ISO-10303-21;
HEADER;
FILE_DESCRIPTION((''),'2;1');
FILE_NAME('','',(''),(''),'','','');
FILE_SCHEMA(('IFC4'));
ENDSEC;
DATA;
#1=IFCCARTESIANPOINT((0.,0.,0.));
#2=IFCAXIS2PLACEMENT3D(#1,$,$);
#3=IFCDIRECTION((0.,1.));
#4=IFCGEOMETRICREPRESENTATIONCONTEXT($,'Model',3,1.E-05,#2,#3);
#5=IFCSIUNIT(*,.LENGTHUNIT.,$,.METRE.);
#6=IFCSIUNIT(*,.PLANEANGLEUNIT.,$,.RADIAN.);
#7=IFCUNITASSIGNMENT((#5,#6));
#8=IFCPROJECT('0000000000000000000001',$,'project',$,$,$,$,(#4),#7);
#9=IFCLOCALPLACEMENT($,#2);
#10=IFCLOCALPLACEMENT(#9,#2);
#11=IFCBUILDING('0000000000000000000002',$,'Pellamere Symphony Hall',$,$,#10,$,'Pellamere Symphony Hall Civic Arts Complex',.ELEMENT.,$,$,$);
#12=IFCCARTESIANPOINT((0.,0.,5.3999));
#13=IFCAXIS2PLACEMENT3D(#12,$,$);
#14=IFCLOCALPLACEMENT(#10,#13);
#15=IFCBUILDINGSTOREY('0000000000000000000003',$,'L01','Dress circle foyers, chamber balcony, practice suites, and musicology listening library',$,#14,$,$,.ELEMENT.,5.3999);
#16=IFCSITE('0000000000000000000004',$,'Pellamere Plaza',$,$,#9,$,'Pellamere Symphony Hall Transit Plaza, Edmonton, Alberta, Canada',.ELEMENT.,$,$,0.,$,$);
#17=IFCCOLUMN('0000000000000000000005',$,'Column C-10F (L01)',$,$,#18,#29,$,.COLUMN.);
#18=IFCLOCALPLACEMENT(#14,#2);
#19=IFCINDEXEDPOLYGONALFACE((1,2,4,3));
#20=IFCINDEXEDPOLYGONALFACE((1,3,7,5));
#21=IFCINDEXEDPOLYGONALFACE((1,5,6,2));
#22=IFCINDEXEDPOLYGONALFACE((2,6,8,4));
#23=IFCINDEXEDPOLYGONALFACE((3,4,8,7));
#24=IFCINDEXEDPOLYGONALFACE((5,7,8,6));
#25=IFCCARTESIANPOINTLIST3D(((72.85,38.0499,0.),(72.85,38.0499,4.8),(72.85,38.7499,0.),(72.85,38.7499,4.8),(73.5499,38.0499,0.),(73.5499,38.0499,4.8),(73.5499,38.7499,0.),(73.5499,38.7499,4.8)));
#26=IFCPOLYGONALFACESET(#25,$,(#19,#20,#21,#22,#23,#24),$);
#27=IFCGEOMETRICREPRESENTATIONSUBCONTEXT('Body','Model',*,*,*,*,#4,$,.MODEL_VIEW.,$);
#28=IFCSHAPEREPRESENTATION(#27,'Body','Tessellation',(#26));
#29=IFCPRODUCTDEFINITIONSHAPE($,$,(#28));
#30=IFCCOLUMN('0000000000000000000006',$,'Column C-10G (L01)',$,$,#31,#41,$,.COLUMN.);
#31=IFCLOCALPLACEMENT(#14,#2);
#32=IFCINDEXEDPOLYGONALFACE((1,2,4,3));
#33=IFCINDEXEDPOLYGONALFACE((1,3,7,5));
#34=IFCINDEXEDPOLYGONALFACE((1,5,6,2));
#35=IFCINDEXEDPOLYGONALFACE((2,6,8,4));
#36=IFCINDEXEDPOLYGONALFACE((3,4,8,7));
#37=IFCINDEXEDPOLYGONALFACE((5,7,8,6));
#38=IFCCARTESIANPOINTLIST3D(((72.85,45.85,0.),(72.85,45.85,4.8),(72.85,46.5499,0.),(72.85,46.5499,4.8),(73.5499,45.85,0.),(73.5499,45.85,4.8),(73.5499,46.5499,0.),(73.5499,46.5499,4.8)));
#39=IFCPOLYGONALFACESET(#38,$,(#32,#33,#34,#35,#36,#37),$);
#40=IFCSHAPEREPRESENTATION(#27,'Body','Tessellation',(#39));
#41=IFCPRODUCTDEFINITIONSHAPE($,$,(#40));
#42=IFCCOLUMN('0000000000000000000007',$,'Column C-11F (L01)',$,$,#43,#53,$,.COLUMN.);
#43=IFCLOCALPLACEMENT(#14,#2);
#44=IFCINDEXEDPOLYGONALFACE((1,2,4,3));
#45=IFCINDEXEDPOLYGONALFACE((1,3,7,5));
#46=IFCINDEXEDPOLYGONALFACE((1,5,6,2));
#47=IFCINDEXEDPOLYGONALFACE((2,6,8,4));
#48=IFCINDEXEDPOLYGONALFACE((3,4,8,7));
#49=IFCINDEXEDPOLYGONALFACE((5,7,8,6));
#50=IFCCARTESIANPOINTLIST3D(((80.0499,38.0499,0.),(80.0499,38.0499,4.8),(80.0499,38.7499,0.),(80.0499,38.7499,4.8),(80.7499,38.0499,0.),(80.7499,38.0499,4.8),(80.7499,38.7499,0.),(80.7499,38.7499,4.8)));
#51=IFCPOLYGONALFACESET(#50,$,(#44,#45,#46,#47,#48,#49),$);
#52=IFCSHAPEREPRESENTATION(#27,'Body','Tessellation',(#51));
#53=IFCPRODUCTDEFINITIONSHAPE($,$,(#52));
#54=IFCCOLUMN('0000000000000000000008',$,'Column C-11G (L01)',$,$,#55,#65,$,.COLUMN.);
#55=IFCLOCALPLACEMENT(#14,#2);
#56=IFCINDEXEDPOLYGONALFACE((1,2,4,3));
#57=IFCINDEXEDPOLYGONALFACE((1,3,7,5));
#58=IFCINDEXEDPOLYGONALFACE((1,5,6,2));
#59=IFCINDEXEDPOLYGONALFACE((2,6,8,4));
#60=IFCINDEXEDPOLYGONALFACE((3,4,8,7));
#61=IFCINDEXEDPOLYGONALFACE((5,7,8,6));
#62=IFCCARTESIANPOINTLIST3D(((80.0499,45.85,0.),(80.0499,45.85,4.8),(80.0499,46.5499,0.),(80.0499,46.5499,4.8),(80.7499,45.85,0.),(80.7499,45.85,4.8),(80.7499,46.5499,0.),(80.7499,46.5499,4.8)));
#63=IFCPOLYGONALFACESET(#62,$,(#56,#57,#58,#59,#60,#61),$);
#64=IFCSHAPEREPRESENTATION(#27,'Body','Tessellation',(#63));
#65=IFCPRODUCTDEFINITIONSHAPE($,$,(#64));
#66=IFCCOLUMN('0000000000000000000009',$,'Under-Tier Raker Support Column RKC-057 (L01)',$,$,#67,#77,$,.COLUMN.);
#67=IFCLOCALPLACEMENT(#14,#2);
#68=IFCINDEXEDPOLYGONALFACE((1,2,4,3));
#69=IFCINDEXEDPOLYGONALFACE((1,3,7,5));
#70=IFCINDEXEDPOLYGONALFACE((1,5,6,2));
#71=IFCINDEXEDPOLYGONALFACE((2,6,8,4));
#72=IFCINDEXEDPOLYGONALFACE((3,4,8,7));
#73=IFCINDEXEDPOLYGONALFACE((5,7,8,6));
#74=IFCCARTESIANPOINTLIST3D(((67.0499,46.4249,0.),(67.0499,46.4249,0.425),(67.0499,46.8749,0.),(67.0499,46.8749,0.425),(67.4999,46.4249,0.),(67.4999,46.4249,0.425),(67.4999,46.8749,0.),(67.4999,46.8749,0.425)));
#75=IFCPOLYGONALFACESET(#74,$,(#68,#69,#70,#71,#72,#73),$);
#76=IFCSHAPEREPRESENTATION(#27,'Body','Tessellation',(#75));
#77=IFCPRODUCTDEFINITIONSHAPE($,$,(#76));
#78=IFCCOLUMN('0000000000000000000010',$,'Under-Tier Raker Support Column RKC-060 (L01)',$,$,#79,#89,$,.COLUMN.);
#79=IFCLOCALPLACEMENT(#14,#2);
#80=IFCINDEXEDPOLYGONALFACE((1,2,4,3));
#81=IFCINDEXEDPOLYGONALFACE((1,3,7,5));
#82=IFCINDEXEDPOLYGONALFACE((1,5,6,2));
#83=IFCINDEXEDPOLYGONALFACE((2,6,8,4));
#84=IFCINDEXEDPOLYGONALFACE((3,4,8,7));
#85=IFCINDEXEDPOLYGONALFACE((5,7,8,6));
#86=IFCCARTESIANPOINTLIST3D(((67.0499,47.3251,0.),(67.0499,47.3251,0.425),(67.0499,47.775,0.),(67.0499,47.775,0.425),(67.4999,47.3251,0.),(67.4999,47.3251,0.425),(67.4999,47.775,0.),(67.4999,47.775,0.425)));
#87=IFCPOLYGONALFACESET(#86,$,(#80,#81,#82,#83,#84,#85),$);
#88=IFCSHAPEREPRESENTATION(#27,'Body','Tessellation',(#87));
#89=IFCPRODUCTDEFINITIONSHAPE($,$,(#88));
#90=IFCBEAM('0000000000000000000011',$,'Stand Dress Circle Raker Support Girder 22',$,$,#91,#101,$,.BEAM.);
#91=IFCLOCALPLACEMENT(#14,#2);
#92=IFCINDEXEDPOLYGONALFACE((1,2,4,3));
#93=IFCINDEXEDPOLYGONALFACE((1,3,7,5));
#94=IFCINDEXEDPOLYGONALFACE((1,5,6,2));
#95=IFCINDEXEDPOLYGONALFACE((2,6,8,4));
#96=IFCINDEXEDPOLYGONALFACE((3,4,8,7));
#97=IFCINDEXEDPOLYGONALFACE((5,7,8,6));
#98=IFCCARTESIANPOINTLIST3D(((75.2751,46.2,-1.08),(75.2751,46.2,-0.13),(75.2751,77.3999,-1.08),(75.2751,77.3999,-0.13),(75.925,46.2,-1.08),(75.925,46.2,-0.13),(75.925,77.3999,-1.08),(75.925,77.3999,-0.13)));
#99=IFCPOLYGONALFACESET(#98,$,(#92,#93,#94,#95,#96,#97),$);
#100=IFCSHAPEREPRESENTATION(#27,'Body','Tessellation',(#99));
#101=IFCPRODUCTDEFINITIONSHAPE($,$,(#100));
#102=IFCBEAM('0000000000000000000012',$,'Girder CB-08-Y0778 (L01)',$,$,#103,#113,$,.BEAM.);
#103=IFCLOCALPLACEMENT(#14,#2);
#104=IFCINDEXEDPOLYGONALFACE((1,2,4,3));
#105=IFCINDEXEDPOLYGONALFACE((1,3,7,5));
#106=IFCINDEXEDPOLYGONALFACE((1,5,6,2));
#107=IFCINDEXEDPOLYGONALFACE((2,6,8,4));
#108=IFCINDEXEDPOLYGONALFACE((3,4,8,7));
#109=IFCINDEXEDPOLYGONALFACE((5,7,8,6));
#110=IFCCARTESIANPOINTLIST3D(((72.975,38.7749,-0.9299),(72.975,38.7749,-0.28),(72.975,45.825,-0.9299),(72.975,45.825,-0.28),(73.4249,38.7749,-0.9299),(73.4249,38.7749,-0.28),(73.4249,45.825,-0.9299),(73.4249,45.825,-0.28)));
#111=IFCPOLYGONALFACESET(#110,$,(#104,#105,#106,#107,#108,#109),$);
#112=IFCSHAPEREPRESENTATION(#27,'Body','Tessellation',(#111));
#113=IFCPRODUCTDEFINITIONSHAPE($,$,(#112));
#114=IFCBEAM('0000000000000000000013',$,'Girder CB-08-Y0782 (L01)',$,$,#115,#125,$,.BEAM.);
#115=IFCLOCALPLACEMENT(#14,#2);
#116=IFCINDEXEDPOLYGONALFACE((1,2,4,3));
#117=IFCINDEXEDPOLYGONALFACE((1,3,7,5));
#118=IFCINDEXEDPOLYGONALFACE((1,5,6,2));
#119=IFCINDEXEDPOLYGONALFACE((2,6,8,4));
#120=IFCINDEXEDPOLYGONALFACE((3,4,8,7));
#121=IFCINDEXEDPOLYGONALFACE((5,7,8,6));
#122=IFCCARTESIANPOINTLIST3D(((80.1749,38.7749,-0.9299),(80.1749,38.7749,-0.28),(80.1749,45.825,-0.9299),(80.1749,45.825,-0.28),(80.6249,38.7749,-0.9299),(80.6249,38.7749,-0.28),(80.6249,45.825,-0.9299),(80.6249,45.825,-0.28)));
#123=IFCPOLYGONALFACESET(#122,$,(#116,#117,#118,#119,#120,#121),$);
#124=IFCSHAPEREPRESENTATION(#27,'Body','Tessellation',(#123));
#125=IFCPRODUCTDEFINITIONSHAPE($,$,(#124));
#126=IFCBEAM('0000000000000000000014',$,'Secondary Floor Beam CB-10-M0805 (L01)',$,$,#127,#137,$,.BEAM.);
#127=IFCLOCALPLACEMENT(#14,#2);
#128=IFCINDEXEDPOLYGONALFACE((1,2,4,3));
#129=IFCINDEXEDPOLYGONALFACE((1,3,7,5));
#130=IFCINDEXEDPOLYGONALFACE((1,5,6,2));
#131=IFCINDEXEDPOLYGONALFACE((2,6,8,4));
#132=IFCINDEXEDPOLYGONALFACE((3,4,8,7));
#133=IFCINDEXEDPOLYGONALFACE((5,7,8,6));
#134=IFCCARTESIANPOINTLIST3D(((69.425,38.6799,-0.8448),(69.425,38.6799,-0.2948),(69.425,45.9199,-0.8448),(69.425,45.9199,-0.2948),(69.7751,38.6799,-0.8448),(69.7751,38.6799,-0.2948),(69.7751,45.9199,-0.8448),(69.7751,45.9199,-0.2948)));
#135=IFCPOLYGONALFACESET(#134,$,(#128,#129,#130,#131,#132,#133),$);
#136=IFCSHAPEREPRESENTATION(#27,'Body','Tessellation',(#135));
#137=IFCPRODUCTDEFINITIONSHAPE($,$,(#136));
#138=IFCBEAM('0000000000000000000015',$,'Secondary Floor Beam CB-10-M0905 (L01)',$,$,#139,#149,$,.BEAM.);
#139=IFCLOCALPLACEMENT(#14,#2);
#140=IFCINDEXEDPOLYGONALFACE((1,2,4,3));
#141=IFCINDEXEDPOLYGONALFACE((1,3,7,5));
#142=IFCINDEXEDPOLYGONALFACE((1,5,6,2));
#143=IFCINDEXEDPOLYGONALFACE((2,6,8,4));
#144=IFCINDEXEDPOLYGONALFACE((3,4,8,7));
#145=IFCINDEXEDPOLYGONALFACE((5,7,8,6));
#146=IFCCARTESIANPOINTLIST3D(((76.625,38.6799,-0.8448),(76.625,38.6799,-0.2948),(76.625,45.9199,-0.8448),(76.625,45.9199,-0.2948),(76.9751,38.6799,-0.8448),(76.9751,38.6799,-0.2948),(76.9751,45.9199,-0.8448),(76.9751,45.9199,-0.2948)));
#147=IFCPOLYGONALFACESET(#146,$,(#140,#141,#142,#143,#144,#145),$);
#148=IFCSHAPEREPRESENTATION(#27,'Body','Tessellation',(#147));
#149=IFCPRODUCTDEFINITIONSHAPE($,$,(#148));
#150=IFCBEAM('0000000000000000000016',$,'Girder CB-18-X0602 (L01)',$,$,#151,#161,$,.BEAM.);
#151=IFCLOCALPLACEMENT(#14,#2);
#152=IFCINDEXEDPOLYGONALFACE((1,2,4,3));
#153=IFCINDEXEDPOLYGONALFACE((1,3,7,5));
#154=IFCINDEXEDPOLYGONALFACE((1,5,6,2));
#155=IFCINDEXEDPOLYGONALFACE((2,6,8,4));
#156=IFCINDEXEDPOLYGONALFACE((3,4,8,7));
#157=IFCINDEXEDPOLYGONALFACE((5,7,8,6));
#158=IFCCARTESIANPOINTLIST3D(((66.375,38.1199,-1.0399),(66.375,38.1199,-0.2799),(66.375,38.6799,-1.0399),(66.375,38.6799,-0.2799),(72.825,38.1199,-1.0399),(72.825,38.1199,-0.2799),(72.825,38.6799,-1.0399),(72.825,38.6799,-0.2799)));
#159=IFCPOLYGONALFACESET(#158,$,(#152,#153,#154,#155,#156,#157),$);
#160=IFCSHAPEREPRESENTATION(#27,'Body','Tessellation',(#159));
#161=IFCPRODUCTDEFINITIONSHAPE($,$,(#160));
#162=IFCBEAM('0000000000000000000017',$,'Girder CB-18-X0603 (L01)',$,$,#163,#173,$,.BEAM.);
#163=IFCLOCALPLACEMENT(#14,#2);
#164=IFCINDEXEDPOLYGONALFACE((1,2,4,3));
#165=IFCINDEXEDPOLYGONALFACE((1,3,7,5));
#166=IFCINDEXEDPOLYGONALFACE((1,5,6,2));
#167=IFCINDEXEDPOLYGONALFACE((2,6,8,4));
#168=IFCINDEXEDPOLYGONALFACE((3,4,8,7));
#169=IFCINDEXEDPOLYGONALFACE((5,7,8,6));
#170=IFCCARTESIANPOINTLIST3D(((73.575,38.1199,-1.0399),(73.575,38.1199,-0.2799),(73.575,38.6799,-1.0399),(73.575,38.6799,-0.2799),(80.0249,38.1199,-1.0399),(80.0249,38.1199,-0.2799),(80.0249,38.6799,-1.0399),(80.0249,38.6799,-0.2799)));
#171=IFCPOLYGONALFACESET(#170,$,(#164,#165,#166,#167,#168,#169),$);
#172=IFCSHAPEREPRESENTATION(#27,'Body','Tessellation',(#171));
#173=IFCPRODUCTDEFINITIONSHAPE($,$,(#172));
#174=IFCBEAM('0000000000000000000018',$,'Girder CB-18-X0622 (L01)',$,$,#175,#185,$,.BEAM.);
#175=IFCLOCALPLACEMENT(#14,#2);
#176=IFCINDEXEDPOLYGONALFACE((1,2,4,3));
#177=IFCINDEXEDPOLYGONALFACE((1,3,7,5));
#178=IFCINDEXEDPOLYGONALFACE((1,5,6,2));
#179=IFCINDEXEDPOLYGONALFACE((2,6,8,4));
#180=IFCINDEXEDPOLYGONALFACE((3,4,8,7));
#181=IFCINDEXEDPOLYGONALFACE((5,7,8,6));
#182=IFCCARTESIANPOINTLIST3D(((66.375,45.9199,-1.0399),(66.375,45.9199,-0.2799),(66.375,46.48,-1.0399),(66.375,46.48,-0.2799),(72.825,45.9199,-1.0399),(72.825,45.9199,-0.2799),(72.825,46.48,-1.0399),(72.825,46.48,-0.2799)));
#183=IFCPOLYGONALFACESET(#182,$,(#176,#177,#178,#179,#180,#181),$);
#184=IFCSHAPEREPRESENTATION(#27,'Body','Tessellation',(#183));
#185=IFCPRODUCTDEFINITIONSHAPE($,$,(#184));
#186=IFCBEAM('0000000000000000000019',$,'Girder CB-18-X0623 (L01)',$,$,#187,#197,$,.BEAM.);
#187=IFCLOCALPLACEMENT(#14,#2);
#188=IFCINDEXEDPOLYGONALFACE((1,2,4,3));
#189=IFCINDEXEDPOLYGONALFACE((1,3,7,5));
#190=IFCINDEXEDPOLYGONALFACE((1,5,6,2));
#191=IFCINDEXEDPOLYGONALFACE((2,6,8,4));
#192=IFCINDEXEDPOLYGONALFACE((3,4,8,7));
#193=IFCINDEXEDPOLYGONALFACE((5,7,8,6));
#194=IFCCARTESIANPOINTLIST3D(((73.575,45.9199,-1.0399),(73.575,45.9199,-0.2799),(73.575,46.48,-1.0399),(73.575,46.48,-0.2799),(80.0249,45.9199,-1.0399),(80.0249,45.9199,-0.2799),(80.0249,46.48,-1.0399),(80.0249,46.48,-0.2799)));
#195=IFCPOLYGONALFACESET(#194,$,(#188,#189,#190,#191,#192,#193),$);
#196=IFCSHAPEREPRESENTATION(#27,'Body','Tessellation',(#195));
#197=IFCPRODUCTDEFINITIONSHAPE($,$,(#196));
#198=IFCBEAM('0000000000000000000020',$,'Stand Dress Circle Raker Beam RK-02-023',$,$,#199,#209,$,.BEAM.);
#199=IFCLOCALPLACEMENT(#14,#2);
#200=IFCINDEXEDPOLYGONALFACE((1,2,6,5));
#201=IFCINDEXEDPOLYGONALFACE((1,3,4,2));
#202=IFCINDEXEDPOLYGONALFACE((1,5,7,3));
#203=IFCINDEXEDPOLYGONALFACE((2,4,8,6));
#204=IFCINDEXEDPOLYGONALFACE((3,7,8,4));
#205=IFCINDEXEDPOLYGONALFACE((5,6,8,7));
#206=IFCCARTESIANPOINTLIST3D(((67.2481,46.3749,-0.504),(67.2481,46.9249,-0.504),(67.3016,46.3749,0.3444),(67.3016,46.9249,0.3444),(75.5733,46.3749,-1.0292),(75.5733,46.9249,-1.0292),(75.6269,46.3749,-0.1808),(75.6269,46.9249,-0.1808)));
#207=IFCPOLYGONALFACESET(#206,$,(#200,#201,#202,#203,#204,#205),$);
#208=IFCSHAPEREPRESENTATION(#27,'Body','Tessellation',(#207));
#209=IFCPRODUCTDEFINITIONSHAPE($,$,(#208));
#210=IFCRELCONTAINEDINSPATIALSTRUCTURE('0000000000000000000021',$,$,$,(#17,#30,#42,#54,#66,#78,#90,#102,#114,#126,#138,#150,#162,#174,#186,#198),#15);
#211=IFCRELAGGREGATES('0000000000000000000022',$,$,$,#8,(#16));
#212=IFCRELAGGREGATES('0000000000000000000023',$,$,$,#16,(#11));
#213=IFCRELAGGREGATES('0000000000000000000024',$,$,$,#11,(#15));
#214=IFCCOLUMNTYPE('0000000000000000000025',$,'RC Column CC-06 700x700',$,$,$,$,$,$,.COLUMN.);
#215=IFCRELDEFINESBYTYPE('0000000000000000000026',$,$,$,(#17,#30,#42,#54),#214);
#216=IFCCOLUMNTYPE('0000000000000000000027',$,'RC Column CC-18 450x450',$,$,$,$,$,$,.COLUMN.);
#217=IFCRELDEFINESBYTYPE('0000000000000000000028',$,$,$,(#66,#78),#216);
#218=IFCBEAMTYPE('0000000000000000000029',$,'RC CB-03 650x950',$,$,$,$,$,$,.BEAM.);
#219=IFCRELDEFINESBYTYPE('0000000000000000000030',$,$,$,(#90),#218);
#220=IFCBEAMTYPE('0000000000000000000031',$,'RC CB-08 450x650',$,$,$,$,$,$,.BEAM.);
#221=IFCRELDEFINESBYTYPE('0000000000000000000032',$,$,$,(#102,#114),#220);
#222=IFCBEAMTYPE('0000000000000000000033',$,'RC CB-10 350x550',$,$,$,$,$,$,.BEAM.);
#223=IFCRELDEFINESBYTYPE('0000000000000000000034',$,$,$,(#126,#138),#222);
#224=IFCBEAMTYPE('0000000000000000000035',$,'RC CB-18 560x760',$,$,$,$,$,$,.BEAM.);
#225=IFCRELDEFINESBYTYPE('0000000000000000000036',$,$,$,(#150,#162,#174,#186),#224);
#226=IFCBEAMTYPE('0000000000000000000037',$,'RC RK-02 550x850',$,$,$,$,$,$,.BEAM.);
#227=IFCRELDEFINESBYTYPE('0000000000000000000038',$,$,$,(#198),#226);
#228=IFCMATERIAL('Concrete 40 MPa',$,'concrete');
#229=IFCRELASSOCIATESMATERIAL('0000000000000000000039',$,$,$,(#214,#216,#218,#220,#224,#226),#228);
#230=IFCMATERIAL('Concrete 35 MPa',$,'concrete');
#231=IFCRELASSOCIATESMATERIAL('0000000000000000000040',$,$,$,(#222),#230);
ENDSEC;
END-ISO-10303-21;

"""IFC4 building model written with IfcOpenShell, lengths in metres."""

from ifc_helpers import new_model, si_unit, direction, frame, origin, origin_2d, place, context, subcontext, project, spatial, rectangle, extrude, material, material_profile, profile_set, type_object, element, save


model = new_model("IFC4")

# Units and contexts
model_context = context("Model", 3, precision=1e-05, world=origin(), true_north=direction((0.0, 1.0)))
body_context = subcontext(model_context, "Body", "Model", "MODEL_VIEW")
ifc_project = project(units=[si_unit("LENGTHUNIT", "METRE"), si_unit("PLANEANGLEUNIT", "RADIAN")], contexts=[model_context])

# Site, building, storey
site_placement = place(None, origin())
site = spatial("IfcSite", under=ifc_project, at=site_placement, Name="Pellamere Plaza", LongName="Pellamere Symphony Hall Transit Plaza, Edmonton, Alberta, Canada", CompositionType="ELEMENT", RefElevation=0.0)
building_placement = place(site_placement, origin())
building = spatial("IfcBuilding", under=site, at=building_placement, Name="Pellamere Symphony Hall", LongName="Pellamere Symphony Hall Civic Arts Complex", CompositionType="ELEMENT")
storey_placement = place(building_placement, frame((0.0, 0.0, 5.3999)))
storey = spatial("IfcBuildingStorey", under=building, at=storey_placement, Name="L01", Description="Dress circle foyers, chamber balcony, practice suites, and musicology listening library", CompositionType="ELEMENT", Elevation=5.3999)

# Columns
ifc_material_1 = material(Name="Concrete 40 MPa", Category="concrete")
ifc_material_profile_1 = material_profile(ifc_material_1, rectangle(XDim=0.7, YDim=0.7, at=origin_2d()), Name="RC 700x700")
ifc_profile_set_1 = profile_set([ifc_material_profile_1], Name="Concrete 40 MPa")
column_type_1 = type_object("IfcColumnType", Name="RC Column CC-06 700x700", PredefinedType="COLUMN", material=ifc_profile_set_1)
for number, where, z_axis, x_axis, name in (
    (1, (73.2, 38.3999, 0.0), (0.0, 0.0, 1.0), (1.0, 0.0, 0.0), "Column C-10F (L01)"),
    (2, (73.2, 46.2, 0.0), (0.0, 0.0, 1.0), (1.0, 0.0, 0.0), "Column C-10G (L01)"),
    (3, (80.3999, 38.3999, 0.0), (0.0, 0.0, 1.0), (1.0, 0.0, 0.0), "Column C-11F (L01)"),
    (4, (80.3999, 46.2, 0.0), (0.0, 0.0, 1.0), (1.0, 0.0, 0.0), "Column C-11G (L01)"),
):
    element("IfcColumn", number, at=place(storey_placement, frame(where, z_axis=z_axis, x_axis=x_axis)), inside=storey, type_object=column_type_1, Name=name, PredefinedType="COLUMN", context=body_context, shape_type="SweptSolid", body=[
        extrude(rectangle(XDim=0.7, YDim=0.7, at=origin_2d()), origin(), (0.0, 0.0, 1.0), 4.8),
    ])
ifc_material_profile_2 = material_profile(ifc_material_1, rectangle(XDim=0.45, YDim=0.45, at=origin_2d()), Name="RC 450x450")
ifc_profile_set_2 = profile_set([ifc_material_profile_2], Name="Concrete 40 MPa")
column_type_2 = type_object("IfcColumnType", Name="RC Column CC-18 450x450", PredefinedType="COLUMN", material=ifc_profile_set_2)
for number, where, z_axis, x_axis, name in (
    (5, (67.2749, 46.6499, 0.0), (0.0, 0.0, 1.0), (1.0, 0.0, 0.0), "Under-Tier Raker Support Column RKC-057 (L01)"),
    (6, (67.2749, 47.55, 0.0), (0.0, 0.0, 1.0), (1.0, 0.0, 0.0), "Under-Tier Raker Support Column RKC-060 (L01)"),
):
    element("IfcColumn", number, at=place(storey_placement, frame(where, z_axis=z_axis, x_axis=x_axis)), inside=storey, type_object=column_type_2, Name=name, PredefinedType="COLUMN", context=body_context, shape_type="SweptSolid", body=[
        extrude(rectangle(XDim=0.45, YDim=0.45, at=origin_2d()), origin(), (0.0, 0.0, 1.0), 0.425),
    ])

# Beams
ifc_material_profile_3 = material_profile(ifc_material_1, rectangle(XDim=0.6499, YDim=0.95, at=origin_2d()), Name="RC 650x950")
ifc_profile_set_3 = profile_set([ifc_material_profile_3], Name="Concrete 40 MPa")
beam_type_1 = type_object("IfcBeamType", Name="RC CB-03 650x950", PredefinedType="BEAM", material=ifc_profile_set_3)
beam_1_placement = place(storey_placement, frame((75.6001, 46.2, -0.605), z_axis=(0.0, 1.0, 0.0), x_axis=(-1.0, 0.0, 0.0)))
element("IfcBeam", 7, at=beam_1_placement, inside=storey, type_object=beam_type_1, Name="Stand Dress Circle Raker Support Girder 22", PredefinedType="BEAM", context=body_context, shape_type="SweptSolid", body=[
    extrude(rectangle(XDim=0.6499, YDim=0.95, at=origin_2d()), origin(), (0.0, 0.0, 1.0), 31.2),
])
ifc_material_profile_4 = material_profile(ifc_material_1, rectangle(XDim=0.45, YDim=0.6499, at=origin_2d()), Name="RC 450x650")
ifc_profile_set_4 = profile_set([ifc_material_profile_4], Name="Concrete 40 MPa")
beam_type_2 = type_object("IfcBeamType", Name="RC CB-08 450x650", PredefinedType="BEAM", material=ifc_profile_set_4)
for number, where, z_axis, x_axis, name in (
    (8, (73.2, 38.7749, -0.605), (0.0, 1.0, 0.0), (-1.0, 0.0, 0.0), "Girder CB-08-Y0778 (L01)"),
    (9, (80.3999, 38.7749, -0.605), (0.0, 1.0, 0.0), (-1.0, 0.0, 0.0), "Girder CB-08-Y0782 (L01)"),
):
    element("IfcBeam", number, at=place(storey_placement, frame(where, z_axis=z_axis, x_axis=x_axis)), inside=storey, type_object=beam_type_2, Name=name, PredefinedType="BEAM", context=body_context, shape_type="SweptSolid", body=[
        extrude(rectangle(XDim=0.45, YDim=0.6499, at=origin_2d()), origin(), (0.0, 0.0, 1.0), 7.05),
    ])
ifc_material_2 = material(Name="Concrete 35 MPa", Category="concrete")
ifc_material_profile_5 = material_profile(ifc_material_2, rectangle(XDim=0.3501, YDim=0.55, at=origin_2d()), Name="RC 350x550")
ifc_profile_set_5 = profile_set([ifc_material_profile_5], Name="Concrete 35 MPa")
beam_type_3 = type_object("IfcBeamType", Name="RC CB-10 350x550", PredefinedType="BEAM", material=ifc_profile_set_5)
for number, where, z_axis, x_axis, name in (
    (10, (69.6001, 38.6799, -0.5698), (0.0, 1.0, 0.0), (-1.0, 0.0, 0.0), "Secondary Floor Beam CB-10-M0805 (L01)"),
    (11, (76.8, 38.6799, -0.5698), (0.0, 1.0, 0.0), (-1.0, 0.0, 0.0), "Secondary Floor Beam CB-10-M0905 (L01)"),
):
    element("IfcBeam", number, at=place(storey_placement, frame(where, z_axis=z_axis, x_axis=x_axis)), inside=storey, type_object=beam_type_3, Name=name, PredefinedType="BEAM", context=body_context, shape_type="SweptSolid", body=[
        extrude(rectangle(XDim=0.3501, YDim=0.55, at=origin_2d()), origin(), (0.0, 0.0, 1.0), 7.24),
    ])
ifc_material_profile_6 = material_profile(ifc_material_1, rectangle(XDim=0.5601, YDim=0.76, at=origin_2d()), Name="RC 560x760")
ifc_profile_set_6 = profile_set([ifc_material_profile_6], Name="Concrete 40 MPa")
beam_type_4 = type_object("IfcBeamType", Name="RC CB-18 560x760", PredefinedType="BEAM", material=ifc_profile_set_6)
for number, where, z_axis, x_axis, name in (
    (12, (66.375, 38.3999, -0.6599), (1.0, 0.0, 0.0), (0.0, 1.0, 0.0), "Girder CB-18-X0602 (L01)"),
    (13, (73.575, 38.3999, -0.6599), (1.0, 0.0, 0.0), (0.0, 1.0, 0.0), "Girder CB-18-X0603 (L01)"),
    (14, (66.375, 46.2, -0.6599), (1.0, 0.0, 0.0), (0.0, 1.0, 0.0), "Girder CB-18-X0622 (L01)"),
    (15, (73.575, 46.2, -0.6599), (1.0, 0.0, 0.0), (0.0, 1.0, 0.0), "Girder CB-18-X0623 (L01)"),
):
    element("IfcBeam", number, at=place(storey_placement, frame(where, z_axis=z_axis, x_axis=x_axis)), inside=storey, type_object=beam_type_4, Name=name, PredefinedType="BEAM", context=body_context, shape_type="SweptSolid", body=[
        extrude(rectangle(XDim=0.5601, YDim=0.76, at=origin_2d()), origin(), (0.0, 0.0, 1.0), 6.45),
    ])
ifc_material_profile_7 = material_profile(ifc_material_1, rectangle(XDim=0.55, YDim=0.8501, at=origin_2d()), Name="RC 550x850")
ifc_profile_set_7 = profile_set([ifc_material_profile_7], Name="Concrete 40 MPa")
beam_type_5 = type_object("IfcBeamType", Name="RC RK-02 550x850", PredefinedType="BEAM", material=ifc_profile_set_7)
beam_2_placement = place(storey_placement, frame((75.6001, 46.6499, -0.605), z_axis=(-0.998016, 0.0, 0.062954), x_axis=(0.0, -1.0, 0.0)))
element("IfcBeam", 16, at=beam_2_placement, inside=storey, type_object=beam_type_5, Name="Stand Dress Circle Raker Beam RK-02-023", PredefinedType="BEAM", context=body_context, shape_type="SweptSolid", body=[
    extrude(rectangle(XDim=0.55, YDim=0.8501, at=origin_2d()), origin(), (0.0, 0.0, 1.0), 8.3418),
])

save(model, "model.ifc")
